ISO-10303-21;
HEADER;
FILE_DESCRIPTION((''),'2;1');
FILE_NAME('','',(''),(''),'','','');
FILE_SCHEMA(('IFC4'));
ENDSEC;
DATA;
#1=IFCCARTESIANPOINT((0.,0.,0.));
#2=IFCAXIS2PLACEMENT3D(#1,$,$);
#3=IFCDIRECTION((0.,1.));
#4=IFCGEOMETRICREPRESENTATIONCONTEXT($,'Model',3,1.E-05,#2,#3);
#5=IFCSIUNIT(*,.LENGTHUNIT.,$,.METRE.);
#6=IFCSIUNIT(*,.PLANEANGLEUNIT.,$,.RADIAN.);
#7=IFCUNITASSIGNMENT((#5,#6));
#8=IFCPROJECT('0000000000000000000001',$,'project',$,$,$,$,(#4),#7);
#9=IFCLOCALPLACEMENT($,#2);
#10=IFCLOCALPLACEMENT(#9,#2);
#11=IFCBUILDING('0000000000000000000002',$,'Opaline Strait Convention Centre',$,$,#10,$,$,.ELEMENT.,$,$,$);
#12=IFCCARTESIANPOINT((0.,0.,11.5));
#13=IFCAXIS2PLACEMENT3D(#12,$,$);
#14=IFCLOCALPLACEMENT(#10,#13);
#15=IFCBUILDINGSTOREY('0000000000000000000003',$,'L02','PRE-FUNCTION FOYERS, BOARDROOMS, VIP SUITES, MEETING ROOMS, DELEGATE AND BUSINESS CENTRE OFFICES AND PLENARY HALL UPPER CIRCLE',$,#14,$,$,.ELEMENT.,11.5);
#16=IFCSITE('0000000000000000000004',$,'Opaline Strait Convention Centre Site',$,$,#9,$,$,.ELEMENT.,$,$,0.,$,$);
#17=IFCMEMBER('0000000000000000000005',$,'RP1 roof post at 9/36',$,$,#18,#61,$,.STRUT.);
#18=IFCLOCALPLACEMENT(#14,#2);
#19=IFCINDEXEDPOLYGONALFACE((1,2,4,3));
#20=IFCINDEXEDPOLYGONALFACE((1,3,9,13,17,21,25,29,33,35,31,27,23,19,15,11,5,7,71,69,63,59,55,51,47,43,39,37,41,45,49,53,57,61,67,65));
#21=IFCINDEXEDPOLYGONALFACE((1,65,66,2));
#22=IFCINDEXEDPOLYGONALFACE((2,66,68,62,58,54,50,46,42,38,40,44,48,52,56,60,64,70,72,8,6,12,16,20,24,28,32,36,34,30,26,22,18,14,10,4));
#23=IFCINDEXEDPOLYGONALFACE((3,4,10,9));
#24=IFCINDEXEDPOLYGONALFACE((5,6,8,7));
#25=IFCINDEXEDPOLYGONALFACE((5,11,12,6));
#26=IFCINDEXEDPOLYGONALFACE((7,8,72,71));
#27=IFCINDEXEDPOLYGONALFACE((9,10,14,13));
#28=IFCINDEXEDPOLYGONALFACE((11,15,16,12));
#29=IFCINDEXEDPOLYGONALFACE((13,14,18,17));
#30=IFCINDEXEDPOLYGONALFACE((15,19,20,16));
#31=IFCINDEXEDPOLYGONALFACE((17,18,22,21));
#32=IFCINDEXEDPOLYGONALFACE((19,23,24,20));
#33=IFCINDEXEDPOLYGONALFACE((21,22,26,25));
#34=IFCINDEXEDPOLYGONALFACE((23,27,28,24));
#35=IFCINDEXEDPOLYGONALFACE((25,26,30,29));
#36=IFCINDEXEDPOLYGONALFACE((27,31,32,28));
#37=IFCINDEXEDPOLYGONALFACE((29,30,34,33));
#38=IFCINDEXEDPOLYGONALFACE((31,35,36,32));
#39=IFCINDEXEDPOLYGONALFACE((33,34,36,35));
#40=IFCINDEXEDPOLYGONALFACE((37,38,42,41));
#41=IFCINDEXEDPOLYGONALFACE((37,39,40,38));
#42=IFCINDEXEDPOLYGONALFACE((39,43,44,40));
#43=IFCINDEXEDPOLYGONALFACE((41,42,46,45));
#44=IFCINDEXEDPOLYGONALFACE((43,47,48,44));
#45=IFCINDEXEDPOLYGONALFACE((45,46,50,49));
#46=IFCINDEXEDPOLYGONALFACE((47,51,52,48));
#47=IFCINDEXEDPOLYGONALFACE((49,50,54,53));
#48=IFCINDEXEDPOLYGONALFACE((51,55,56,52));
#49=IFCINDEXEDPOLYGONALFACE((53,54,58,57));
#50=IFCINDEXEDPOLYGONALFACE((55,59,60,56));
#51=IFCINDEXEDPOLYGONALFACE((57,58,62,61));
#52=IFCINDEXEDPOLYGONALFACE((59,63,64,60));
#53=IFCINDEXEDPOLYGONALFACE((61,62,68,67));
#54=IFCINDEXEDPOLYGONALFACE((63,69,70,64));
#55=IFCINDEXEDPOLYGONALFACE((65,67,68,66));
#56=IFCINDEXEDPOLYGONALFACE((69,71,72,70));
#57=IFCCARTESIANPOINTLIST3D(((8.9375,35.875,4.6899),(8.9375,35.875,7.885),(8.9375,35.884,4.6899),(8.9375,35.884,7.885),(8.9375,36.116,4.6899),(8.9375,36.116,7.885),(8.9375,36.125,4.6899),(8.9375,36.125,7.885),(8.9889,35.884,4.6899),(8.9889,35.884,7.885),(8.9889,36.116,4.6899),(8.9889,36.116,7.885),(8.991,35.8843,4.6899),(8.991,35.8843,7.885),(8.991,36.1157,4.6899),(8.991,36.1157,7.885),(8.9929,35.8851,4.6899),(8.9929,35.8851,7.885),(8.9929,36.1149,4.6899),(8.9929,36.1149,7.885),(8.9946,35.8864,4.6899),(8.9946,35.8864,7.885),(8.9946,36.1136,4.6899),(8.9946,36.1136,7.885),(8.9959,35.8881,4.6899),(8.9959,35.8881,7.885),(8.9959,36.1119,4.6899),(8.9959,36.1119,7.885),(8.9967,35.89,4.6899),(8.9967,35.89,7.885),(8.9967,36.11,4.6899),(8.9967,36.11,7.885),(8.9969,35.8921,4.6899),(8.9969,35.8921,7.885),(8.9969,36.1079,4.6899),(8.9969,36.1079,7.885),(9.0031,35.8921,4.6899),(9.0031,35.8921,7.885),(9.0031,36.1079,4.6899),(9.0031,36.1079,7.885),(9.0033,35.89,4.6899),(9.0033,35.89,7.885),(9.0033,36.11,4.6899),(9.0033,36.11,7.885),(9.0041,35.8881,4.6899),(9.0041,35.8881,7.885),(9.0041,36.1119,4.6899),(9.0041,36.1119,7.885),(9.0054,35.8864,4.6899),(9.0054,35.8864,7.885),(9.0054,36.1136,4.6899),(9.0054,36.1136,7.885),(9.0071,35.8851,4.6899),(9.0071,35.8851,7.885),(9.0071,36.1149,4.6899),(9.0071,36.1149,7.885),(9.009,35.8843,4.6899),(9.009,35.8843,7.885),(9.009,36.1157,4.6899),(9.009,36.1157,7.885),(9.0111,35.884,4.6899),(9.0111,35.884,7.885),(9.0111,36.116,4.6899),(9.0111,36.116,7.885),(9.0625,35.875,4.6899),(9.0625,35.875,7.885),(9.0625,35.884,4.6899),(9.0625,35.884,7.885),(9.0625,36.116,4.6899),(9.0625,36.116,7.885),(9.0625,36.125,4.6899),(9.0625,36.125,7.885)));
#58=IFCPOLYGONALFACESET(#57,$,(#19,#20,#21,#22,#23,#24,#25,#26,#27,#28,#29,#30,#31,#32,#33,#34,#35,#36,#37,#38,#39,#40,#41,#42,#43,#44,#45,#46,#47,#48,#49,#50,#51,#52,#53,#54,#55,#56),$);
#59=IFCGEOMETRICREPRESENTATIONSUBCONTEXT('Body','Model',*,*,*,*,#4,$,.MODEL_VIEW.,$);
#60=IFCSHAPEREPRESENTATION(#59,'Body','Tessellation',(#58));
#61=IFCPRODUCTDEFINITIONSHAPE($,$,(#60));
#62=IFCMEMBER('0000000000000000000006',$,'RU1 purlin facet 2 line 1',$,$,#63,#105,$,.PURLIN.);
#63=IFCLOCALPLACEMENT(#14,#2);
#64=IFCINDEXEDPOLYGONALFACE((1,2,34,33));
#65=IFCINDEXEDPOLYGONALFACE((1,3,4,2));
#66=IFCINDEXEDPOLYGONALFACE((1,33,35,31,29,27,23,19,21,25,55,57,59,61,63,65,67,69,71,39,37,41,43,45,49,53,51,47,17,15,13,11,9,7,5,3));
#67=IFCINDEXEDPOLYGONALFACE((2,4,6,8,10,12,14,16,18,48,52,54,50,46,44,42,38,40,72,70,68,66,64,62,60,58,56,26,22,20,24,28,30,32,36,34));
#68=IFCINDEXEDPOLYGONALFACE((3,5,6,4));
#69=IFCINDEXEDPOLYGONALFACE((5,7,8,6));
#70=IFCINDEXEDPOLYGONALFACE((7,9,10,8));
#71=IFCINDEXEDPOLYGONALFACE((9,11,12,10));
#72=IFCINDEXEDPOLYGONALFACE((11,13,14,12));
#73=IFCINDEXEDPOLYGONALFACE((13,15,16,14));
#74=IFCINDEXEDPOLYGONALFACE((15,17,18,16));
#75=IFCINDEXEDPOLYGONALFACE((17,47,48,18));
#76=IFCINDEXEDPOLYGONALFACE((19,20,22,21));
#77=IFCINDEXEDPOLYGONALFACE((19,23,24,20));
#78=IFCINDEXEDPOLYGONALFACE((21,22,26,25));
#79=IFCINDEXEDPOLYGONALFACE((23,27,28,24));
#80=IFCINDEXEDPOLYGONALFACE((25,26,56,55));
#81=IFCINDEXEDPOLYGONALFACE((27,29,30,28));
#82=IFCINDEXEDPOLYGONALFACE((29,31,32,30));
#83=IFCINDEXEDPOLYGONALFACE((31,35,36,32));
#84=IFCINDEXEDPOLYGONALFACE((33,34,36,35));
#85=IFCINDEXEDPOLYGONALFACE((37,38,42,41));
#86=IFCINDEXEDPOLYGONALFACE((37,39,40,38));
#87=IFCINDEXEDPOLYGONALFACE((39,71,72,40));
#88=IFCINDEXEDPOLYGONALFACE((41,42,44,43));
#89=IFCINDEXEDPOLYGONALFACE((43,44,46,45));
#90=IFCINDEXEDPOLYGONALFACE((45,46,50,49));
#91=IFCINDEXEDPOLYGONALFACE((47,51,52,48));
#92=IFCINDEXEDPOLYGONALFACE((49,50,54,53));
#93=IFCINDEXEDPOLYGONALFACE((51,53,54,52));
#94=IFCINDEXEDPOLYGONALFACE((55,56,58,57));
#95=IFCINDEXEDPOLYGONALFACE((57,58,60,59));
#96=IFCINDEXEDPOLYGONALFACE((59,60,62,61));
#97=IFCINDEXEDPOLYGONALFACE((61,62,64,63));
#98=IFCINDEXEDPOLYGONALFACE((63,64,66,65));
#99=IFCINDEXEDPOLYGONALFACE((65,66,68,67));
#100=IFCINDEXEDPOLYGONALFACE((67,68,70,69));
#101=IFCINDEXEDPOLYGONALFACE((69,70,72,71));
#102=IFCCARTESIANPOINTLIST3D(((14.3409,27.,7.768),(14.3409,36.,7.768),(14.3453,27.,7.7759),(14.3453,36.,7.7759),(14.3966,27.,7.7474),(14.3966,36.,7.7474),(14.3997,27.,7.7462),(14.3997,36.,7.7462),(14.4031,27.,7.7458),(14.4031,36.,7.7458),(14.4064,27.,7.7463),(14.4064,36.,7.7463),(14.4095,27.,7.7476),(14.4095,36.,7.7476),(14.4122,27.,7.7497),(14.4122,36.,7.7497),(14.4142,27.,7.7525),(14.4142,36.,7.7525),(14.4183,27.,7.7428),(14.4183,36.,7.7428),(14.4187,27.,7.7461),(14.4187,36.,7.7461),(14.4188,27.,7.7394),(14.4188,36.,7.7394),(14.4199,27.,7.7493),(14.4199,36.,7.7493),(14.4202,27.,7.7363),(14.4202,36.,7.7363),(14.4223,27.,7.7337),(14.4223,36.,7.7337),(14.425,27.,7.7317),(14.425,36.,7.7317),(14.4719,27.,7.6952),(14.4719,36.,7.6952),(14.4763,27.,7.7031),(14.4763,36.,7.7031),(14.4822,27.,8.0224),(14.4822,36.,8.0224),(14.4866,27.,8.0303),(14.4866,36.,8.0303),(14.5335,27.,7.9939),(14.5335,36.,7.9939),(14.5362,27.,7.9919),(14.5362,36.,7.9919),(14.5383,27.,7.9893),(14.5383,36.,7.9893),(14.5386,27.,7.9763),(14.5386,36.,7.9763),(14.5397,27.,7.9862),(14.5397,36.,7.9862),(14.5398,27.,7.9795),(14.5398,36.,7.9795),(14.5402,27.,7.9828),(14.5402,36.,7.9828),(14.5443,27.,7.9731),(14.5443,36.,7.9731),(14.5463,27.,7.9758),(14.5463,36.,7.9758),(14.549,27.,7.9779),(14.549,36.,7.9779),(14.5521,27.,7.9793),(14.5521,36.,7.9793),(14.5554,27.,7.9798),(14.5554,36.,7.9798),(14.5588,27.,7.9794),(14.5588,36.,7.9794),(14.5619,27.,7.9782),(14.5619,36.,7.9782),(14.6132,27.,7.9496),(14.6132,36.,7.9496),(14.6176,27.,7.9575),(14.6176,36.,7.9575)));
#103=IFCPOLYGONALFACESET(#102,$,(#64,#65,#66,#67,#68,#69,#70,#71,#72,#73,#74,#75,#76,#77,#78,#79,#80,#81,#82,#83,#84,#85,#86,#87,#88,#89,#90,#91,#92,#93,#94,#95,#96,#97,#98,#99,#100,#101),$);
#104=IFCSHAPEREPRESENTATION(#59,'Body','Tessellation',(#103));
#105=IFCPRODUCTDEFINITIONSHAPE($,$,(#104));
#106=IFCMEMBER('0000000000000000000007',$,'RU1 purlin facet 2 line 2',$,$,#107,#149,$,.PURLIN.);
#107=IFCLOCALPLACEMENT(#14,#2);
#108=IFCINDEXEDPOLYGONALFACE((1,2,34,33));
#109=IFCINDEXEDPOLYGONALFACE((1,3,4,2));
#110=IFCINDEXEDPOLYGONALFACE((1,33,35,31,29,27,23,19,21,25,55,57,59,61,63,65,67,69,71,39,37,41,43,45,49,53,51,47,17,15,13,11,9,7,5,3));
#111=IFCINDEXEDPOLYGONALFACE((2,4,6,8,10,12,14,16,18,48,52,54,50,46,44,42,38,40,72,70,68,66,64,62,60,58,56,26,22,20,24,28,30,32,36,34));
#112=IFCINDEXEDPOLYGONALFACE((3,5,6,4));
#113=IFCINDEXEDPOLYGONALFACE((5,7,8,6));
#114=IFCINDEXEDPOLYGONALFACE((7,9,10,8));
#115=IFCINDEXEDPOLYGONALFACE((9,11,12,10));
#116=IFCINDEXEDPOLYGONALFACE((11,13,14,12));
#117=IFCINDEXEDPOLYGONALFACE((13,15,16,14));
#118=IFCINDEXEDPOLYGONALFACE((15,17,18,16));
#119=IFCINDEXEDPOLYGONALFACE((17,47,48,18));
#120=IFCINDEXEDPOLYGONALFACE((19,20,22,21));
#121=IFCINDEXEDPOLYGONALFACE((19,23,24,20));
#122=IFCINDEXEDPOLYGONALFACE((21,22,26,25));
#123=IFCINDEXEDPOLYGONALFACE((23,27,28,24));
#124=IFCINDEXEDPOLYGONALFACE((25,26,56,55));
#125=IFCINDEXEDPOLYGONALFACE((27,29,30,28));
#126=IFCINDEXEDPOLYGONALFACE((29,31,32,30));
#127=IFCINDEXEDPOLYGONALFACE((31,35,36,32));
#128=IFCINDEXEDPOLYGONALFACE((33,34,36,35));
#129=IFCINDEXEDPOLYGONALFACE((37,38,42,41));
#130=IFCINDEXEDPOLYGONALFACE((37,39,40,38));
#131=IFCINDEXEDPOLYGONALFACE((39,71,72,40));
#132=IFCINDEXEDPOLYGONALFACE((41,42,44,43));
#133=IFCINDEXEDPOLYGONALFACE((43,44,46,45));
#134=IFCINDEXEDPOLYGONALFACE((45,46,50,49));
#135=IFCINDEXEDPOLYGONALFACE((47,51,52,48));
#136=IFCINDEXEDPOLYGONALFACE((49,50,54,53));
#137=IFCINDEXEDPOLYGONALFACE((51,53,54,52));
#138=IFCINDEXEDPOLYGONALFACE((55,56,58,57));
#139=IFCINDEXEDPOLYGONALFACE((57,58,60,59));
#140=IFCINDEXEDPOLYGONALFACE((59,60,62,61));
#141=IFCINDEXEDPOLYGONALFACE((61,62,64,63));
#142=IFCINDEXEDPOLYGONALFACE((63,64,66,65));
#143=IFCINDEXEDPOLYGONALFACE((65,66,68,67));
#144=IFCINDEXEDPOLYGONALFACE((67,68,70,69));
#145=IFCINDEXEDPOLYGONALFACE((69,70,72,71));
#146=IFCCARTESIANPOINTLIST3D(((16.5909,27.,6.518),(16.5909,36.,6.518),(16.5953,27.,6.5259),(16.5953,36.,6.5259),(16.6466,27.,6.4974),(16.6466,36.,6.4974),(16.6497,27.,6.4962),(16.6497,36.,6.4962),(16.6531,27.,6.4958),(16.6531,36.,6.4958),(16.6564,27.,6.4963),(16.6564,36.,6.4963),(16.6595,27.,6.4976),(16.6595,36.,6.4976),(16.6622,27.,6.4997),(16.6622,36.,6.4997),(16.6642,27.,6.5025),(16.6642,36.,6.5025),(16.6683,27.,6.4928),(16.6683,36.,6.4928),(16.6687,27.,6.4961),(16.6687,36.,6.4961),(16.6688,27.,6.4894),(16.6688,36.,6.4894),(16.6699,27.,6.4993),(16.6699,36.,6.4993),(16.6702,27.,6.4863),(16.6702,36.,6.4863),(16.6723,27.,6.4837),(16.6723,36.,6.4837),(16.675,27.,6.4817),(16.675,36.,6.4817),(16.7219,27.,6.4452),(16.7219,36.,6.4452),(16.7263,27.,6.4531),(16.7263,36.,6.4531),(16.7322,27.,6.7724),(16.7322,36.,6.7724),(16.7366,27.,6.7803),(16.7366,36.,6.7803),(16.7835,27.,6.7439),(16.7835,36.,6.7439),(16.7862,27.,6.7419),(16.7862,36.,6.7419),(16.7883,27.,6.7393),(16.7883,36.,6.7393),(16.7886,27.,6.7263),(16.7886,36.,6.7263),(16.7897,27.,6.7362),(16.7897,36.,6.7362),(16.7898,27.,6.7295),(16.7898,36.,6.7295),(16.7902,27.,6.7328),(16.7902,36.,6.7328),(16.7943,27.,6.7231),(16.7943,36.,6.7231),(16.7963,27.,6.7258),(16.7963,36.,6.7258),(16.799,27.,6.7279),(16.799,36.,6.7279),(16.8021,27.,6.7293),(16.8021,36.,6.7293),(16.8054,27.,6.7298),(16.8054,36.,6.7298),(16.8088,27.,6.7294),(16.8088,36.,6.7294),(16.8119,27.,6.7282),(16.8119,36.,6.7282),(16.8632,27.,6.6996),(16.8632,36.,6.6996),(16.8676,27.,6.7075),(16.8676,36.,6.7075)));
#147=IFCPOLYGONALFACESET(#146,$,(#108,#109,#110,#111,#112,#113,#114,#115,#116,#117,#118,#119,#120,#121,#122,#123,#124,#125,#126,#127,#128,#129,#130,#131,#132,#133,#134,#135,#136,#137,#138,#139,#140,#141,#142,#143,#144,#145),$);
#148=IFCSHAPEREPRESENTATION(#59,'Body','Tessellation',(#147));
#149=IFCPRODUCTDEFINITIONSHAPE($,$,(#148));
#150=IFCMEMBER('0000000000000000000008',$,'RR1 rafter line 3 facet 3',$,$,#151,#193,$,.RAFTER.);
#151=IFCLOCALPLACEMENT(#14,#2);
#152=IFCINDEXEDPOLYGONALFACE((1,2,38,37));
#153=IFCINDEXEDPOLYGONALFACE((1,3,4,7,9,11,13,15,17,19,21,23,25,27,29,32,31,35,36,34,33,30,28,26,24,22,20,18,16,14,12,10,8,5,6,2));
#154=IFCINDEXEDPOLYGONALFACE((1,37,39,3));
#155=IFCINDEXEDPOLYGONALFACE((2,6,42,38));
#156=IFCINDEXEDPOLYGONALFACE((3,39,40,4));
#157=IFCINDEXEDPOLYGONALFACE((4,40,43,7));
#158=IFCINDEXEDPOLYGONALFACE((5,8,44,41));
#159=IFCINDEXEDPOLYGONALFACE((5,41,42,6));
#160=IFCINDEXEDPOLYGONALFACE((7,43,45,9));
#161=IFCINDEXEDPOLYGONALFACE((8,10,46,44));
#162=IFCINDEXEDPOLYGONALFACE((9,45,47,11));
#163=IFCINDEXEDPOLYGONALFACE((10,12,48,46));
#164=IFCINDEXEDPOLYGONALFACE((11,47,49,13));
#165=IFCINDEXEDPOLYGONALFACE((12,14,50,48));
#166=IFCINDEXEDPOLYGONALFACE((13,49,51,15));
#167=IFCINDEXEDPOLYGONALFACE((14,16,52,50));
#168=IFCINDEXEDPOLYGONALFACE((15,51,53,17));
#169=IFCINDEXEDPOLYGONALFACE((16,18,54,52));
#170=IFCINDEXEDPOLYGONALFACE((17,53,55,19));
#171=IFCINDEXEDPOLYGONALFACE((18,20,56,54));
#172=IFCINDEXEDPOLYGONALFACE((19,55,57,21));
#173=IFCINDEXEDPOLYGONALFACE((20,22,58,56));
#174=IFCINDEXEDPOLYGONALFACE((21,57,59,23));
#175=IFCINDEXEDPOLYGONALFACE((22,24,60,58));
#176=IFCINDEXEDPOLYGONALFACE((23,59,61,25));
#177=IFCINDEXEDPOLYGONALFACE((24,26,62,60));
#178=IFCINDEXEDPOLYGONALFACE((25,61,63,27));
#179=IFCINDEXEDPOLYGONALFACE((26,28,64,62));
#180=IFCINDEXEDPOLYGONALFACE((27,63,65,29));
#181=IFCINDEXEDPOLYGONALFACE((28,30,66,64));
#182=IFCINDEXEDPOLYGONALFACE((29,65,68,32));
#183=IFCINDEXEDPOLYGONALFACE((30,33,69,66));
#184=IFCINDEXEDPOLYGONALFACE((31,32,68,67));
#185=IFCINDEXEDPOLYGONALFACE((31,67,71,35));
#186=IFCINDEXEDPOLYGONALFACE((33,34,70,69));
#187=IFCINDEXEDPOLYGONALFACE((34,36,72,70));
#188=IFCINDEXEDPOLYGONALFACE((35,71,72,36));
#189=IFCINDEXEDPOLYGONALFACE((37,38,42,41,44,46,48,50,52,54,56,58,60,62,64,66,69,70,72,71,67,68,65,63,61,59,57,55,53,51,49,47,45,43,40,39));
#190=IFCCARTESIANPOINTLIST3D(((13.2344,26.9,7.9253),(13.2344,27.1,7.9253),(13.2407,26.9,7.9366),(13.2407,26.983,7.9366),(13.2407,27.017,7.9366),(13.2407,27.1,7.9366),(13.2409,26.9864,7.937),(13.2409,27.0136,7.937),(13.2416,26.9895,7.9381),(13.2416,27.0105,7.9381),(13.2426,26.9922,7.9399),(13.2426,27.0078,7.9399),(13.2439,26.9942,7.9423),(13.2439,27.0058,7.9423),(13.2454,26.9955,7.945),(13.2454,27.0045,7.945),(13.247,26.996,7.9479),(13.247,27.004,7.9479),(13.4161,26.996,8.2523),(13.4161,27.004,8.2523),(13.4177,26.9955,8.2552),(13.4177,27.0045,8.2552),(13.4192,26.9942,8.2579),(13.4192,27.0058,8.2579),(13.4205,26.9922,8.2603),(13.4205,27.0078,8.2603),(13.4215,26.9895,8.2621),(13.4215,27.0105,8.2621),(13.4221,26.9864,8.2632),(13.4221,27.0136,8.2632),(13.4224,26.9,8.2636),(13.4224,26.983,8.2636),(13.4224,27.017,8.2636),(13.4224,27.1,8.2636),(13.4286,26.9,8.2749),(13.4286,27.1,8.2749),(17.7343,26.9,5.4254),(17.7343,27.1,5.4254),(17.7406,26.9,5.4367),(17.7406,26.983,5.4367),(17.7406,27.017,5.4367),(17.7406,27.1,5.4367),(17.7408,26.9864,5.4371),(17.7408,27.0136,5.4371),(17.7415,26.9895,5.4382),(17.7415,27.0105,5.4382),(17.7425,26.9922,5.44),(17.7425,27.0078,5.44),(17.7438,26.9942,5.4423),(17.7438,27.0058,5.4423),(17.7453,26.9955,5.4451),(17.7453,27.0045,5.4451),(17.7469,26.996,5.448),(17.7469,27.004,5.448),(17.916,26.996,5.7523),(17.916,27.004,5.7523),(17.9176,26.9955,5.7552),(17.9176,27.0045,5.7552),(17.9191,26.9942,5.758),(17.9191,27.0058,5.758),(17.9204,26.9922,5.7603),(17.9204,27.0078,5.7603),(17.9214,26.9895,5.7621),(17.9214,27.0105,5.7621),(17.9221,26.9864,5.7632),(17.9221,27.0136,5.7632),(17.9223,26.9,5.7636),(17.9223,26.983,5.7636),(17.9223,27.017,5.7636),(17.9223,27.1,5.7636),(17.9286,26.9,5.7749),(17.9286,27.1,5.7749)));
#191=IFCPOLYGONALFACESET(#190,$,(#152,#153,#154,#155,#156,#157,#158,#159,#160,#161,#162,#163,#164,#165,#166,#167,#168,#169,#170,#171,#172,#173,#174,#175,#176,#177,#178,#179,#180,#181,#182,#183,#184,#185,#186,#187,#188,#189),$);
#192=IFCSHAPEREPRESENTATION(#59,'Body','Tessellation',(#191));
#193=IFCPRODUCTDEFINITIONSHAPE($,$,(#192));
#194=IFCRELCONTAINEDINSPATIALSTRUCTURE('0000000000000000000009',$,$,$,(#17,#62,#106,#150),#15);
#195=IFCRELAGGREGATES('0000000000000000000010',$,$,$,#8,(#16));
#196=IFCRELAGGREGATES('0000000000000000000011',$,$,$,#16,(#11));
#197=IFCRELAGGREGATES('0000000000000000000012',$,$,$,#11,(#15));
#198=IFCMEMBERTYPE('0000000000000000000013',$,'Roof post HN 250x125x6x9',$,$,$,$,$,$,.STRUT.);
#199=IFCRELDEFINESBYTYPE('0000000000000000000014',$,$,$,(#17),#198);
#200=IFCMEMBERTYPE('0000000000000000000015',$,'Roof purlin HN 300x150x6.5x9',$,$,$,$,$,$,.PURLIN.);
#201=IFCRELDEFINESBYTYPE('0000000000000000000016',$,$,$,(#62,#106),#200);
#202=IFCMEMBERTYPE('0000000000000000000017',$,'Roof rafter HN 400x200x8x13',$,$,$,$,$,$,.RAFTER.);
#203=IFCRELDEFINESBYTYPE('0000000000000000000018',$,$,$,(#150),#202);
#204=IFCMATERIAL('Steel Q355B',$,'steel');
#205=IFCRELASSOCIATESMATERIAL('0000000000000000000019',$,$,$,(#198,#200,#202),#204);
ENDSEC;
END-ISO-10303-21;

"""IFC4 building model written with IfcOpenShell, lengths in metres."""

from ifc_helpers import new_model, si_unit, direction, frame, origin, origin_2d, place, context, subcontext, project, spatial, i_section, extrude, material, material_profile, profile_set, type_object, element, save


model = new_model("IFC4")

# Units and contexts
model_context = context("Model", 3, precision=1e-05, world=origin(), true_north=direction((0.0, 1.0)))
body_context = subcontext(model_context, "Body", "Model", "MODEL_VIEW")
ifc_project = project(units=[si_unit("LENGTHUNIT", "METRE"), si_unit("PLANEANGLEUNIT", "RADIAN")], contexts=[model_context])

# Site, building, storey
site_placement = place(None, origin())
site = spatial("IfcSite", under=ifc_project, at=site_placement, Name="Opaline Strait Convention Centre Site", CompositionType="ELEMENT", RefElevation=0.0)
building_placement = place(site_placement, origin())
building = spatial("IfcBuilding", under=site, at=building_placement, Name="Opaline Strait Convention Centre", CompositionType="ELEMENT")
storey_placement = place(building_placement, frame((0.0, 0.0, 11.5)))
storey = spatial("IfcBuildingStorey", under=building, at=storey_placement, Name="L02", Description="PRE-FUNCTION FOYERS, BOARDROOMS, VIP SUITES, MEETING ROOMS, DELEGATE AND BUSINESS CENTRE OFFICES AND PLENARY HALL UPPER CIRCLE", CompositionType="ELEMENT", Elevation=11.5)

# Shared definitions
ifc_material_1 = material(Name="Steel Q355B", Category="steel")

# Members
ifc_material_profile_1 = material_profile(ifc_material_1, i_section(OverallWidth=0.125, OverallDepth=0.25, WebThickness=0.0061, FlangeThickness=0.009, FilletRadius=0.0081, at=origin_2d()), Name="HN 250x125x6x9")
ifc_profile_set_1 = profile_set([ifc_material_profile_1], Name="Steel Q355B")
member_type_1 = type_object("IfcMemberType", Name="Roof post HN 250x125x6x9", PredefinedType="STRUT", material=ifc_profile_set_1)
member_1_placement = place(storey_placement, frame((9.0, 36.0, 4.6899), z_axis=(0.0, 0.0, 1.0), x_axis=(1.0, 0.0, 0.0)))
element("IfcMember", 1, at=member_1_placement, inside=storey, type_object=member_type_1, Name="RP1 roof post at 9/36", PredefinedType="STRUT", context=body_context, shape_type="SweptSolid", body=[
    extrude(i_section(OverallWidth=0.125, OverallDepth=0.25, WebThickness=0.0061, FlangeThickness=0.009, FilletRadius=0.0081, at=origin_2d()), origin(), (0.0, 0.0, 1.0), 3.1951),
])
ifc_material_profile_2 = material_profile(ifc_material_1, i_section(OverallWidth=0.1499, OverallDepth=0.3, WebThickness=0.0066, FlangeThickness=0.009, FilletRadius=0.0129, at=origin_2d()), Name="HN 300x150x6.5x9")
ifc_profile_set_2 = profile_set([ifc_material_profile_2], Name="Steel Q355B")
member_type_2 = type_object("IfcMemberType", Name="Roof purlin HN 300x150x6.5x9", PredefinedType="PURLIN", material=ifc_profile_set_2)
for number, where, z_axis, x_axis, name in (
    (2, (14.4792, 27.0, 7.8628), (0.0, 1.0, 0.0), (-0.874157, 0.0, 0.485643), "RU1 purlin facet 2 line 1"),
    (3, (16.7292, 27.0, 6.6128), (0.0, 1.0, 0.0), (-0.874157, 0.0, 0.485643), "RU1 purlin facet 2 line 2"),
):
    element("IfcMember", number, at=place(storey_placement, frame(where, z_axis=z_axis, x_axis=x_axis)), inside=storey, type_object=member_type_2, Name=name, PredefinedType="PURLIN", context=body_context, shape_type="SweptSolid", body=[
        extrude(i_section(OverallWidth=0.1499, OverallDepth=0.3, WebThickness=0.0066, FlangeThickness=0.009, FilletRadius=0.0129, at=origin_2d()), origin(), (0.0, 0.0, 1.0), 9.0),
    ])
ifc_material_profile_3 = material_profile(ifc_material_1, i_section(OverallWidth=0.2, OverallDepth=0.3999, WebThickness=0.0081, FlangeThickness=0.0129, FilletRadius=0.0129, at=origin_2d()), Name="HN 400x200x8x13")
ifc_profile_set_3 = profile_set([ifc_material_profile_3], Name="Steel Q355B")
member_type_3 = type_object("IfcMemberType", Name="Roof rafter HN 400x200x8x13", PredefinedType="RAFTER", material=ifc_profile_set_3)
member_2_placement = place(storey_placement, frame((13.3315, 27.0, 8.1001), z_axis=(0.874157, 0.0, -0.485643), x_axis=(0.0, 1.0, 0.0)))
element("IfcMember", 4, at=member_2_placement, inside=storey, type_object=member_type_3, Name="RR1 rafter line 3 facet 3", PredefinedType="RAFTER", context=body_context, shape_type="SweptSolid", body=[
    extrude(i_section(OverallWidth=0.2, OverallDepth=0.3999, WebThickness=0.0081, FlangeThickness=0.0129, FilletRadius=0.0129, at=origin_2d()), origin(), (0.0, 0.0, 1.0), 5.1477),
])

save(model, "model.ifc")
